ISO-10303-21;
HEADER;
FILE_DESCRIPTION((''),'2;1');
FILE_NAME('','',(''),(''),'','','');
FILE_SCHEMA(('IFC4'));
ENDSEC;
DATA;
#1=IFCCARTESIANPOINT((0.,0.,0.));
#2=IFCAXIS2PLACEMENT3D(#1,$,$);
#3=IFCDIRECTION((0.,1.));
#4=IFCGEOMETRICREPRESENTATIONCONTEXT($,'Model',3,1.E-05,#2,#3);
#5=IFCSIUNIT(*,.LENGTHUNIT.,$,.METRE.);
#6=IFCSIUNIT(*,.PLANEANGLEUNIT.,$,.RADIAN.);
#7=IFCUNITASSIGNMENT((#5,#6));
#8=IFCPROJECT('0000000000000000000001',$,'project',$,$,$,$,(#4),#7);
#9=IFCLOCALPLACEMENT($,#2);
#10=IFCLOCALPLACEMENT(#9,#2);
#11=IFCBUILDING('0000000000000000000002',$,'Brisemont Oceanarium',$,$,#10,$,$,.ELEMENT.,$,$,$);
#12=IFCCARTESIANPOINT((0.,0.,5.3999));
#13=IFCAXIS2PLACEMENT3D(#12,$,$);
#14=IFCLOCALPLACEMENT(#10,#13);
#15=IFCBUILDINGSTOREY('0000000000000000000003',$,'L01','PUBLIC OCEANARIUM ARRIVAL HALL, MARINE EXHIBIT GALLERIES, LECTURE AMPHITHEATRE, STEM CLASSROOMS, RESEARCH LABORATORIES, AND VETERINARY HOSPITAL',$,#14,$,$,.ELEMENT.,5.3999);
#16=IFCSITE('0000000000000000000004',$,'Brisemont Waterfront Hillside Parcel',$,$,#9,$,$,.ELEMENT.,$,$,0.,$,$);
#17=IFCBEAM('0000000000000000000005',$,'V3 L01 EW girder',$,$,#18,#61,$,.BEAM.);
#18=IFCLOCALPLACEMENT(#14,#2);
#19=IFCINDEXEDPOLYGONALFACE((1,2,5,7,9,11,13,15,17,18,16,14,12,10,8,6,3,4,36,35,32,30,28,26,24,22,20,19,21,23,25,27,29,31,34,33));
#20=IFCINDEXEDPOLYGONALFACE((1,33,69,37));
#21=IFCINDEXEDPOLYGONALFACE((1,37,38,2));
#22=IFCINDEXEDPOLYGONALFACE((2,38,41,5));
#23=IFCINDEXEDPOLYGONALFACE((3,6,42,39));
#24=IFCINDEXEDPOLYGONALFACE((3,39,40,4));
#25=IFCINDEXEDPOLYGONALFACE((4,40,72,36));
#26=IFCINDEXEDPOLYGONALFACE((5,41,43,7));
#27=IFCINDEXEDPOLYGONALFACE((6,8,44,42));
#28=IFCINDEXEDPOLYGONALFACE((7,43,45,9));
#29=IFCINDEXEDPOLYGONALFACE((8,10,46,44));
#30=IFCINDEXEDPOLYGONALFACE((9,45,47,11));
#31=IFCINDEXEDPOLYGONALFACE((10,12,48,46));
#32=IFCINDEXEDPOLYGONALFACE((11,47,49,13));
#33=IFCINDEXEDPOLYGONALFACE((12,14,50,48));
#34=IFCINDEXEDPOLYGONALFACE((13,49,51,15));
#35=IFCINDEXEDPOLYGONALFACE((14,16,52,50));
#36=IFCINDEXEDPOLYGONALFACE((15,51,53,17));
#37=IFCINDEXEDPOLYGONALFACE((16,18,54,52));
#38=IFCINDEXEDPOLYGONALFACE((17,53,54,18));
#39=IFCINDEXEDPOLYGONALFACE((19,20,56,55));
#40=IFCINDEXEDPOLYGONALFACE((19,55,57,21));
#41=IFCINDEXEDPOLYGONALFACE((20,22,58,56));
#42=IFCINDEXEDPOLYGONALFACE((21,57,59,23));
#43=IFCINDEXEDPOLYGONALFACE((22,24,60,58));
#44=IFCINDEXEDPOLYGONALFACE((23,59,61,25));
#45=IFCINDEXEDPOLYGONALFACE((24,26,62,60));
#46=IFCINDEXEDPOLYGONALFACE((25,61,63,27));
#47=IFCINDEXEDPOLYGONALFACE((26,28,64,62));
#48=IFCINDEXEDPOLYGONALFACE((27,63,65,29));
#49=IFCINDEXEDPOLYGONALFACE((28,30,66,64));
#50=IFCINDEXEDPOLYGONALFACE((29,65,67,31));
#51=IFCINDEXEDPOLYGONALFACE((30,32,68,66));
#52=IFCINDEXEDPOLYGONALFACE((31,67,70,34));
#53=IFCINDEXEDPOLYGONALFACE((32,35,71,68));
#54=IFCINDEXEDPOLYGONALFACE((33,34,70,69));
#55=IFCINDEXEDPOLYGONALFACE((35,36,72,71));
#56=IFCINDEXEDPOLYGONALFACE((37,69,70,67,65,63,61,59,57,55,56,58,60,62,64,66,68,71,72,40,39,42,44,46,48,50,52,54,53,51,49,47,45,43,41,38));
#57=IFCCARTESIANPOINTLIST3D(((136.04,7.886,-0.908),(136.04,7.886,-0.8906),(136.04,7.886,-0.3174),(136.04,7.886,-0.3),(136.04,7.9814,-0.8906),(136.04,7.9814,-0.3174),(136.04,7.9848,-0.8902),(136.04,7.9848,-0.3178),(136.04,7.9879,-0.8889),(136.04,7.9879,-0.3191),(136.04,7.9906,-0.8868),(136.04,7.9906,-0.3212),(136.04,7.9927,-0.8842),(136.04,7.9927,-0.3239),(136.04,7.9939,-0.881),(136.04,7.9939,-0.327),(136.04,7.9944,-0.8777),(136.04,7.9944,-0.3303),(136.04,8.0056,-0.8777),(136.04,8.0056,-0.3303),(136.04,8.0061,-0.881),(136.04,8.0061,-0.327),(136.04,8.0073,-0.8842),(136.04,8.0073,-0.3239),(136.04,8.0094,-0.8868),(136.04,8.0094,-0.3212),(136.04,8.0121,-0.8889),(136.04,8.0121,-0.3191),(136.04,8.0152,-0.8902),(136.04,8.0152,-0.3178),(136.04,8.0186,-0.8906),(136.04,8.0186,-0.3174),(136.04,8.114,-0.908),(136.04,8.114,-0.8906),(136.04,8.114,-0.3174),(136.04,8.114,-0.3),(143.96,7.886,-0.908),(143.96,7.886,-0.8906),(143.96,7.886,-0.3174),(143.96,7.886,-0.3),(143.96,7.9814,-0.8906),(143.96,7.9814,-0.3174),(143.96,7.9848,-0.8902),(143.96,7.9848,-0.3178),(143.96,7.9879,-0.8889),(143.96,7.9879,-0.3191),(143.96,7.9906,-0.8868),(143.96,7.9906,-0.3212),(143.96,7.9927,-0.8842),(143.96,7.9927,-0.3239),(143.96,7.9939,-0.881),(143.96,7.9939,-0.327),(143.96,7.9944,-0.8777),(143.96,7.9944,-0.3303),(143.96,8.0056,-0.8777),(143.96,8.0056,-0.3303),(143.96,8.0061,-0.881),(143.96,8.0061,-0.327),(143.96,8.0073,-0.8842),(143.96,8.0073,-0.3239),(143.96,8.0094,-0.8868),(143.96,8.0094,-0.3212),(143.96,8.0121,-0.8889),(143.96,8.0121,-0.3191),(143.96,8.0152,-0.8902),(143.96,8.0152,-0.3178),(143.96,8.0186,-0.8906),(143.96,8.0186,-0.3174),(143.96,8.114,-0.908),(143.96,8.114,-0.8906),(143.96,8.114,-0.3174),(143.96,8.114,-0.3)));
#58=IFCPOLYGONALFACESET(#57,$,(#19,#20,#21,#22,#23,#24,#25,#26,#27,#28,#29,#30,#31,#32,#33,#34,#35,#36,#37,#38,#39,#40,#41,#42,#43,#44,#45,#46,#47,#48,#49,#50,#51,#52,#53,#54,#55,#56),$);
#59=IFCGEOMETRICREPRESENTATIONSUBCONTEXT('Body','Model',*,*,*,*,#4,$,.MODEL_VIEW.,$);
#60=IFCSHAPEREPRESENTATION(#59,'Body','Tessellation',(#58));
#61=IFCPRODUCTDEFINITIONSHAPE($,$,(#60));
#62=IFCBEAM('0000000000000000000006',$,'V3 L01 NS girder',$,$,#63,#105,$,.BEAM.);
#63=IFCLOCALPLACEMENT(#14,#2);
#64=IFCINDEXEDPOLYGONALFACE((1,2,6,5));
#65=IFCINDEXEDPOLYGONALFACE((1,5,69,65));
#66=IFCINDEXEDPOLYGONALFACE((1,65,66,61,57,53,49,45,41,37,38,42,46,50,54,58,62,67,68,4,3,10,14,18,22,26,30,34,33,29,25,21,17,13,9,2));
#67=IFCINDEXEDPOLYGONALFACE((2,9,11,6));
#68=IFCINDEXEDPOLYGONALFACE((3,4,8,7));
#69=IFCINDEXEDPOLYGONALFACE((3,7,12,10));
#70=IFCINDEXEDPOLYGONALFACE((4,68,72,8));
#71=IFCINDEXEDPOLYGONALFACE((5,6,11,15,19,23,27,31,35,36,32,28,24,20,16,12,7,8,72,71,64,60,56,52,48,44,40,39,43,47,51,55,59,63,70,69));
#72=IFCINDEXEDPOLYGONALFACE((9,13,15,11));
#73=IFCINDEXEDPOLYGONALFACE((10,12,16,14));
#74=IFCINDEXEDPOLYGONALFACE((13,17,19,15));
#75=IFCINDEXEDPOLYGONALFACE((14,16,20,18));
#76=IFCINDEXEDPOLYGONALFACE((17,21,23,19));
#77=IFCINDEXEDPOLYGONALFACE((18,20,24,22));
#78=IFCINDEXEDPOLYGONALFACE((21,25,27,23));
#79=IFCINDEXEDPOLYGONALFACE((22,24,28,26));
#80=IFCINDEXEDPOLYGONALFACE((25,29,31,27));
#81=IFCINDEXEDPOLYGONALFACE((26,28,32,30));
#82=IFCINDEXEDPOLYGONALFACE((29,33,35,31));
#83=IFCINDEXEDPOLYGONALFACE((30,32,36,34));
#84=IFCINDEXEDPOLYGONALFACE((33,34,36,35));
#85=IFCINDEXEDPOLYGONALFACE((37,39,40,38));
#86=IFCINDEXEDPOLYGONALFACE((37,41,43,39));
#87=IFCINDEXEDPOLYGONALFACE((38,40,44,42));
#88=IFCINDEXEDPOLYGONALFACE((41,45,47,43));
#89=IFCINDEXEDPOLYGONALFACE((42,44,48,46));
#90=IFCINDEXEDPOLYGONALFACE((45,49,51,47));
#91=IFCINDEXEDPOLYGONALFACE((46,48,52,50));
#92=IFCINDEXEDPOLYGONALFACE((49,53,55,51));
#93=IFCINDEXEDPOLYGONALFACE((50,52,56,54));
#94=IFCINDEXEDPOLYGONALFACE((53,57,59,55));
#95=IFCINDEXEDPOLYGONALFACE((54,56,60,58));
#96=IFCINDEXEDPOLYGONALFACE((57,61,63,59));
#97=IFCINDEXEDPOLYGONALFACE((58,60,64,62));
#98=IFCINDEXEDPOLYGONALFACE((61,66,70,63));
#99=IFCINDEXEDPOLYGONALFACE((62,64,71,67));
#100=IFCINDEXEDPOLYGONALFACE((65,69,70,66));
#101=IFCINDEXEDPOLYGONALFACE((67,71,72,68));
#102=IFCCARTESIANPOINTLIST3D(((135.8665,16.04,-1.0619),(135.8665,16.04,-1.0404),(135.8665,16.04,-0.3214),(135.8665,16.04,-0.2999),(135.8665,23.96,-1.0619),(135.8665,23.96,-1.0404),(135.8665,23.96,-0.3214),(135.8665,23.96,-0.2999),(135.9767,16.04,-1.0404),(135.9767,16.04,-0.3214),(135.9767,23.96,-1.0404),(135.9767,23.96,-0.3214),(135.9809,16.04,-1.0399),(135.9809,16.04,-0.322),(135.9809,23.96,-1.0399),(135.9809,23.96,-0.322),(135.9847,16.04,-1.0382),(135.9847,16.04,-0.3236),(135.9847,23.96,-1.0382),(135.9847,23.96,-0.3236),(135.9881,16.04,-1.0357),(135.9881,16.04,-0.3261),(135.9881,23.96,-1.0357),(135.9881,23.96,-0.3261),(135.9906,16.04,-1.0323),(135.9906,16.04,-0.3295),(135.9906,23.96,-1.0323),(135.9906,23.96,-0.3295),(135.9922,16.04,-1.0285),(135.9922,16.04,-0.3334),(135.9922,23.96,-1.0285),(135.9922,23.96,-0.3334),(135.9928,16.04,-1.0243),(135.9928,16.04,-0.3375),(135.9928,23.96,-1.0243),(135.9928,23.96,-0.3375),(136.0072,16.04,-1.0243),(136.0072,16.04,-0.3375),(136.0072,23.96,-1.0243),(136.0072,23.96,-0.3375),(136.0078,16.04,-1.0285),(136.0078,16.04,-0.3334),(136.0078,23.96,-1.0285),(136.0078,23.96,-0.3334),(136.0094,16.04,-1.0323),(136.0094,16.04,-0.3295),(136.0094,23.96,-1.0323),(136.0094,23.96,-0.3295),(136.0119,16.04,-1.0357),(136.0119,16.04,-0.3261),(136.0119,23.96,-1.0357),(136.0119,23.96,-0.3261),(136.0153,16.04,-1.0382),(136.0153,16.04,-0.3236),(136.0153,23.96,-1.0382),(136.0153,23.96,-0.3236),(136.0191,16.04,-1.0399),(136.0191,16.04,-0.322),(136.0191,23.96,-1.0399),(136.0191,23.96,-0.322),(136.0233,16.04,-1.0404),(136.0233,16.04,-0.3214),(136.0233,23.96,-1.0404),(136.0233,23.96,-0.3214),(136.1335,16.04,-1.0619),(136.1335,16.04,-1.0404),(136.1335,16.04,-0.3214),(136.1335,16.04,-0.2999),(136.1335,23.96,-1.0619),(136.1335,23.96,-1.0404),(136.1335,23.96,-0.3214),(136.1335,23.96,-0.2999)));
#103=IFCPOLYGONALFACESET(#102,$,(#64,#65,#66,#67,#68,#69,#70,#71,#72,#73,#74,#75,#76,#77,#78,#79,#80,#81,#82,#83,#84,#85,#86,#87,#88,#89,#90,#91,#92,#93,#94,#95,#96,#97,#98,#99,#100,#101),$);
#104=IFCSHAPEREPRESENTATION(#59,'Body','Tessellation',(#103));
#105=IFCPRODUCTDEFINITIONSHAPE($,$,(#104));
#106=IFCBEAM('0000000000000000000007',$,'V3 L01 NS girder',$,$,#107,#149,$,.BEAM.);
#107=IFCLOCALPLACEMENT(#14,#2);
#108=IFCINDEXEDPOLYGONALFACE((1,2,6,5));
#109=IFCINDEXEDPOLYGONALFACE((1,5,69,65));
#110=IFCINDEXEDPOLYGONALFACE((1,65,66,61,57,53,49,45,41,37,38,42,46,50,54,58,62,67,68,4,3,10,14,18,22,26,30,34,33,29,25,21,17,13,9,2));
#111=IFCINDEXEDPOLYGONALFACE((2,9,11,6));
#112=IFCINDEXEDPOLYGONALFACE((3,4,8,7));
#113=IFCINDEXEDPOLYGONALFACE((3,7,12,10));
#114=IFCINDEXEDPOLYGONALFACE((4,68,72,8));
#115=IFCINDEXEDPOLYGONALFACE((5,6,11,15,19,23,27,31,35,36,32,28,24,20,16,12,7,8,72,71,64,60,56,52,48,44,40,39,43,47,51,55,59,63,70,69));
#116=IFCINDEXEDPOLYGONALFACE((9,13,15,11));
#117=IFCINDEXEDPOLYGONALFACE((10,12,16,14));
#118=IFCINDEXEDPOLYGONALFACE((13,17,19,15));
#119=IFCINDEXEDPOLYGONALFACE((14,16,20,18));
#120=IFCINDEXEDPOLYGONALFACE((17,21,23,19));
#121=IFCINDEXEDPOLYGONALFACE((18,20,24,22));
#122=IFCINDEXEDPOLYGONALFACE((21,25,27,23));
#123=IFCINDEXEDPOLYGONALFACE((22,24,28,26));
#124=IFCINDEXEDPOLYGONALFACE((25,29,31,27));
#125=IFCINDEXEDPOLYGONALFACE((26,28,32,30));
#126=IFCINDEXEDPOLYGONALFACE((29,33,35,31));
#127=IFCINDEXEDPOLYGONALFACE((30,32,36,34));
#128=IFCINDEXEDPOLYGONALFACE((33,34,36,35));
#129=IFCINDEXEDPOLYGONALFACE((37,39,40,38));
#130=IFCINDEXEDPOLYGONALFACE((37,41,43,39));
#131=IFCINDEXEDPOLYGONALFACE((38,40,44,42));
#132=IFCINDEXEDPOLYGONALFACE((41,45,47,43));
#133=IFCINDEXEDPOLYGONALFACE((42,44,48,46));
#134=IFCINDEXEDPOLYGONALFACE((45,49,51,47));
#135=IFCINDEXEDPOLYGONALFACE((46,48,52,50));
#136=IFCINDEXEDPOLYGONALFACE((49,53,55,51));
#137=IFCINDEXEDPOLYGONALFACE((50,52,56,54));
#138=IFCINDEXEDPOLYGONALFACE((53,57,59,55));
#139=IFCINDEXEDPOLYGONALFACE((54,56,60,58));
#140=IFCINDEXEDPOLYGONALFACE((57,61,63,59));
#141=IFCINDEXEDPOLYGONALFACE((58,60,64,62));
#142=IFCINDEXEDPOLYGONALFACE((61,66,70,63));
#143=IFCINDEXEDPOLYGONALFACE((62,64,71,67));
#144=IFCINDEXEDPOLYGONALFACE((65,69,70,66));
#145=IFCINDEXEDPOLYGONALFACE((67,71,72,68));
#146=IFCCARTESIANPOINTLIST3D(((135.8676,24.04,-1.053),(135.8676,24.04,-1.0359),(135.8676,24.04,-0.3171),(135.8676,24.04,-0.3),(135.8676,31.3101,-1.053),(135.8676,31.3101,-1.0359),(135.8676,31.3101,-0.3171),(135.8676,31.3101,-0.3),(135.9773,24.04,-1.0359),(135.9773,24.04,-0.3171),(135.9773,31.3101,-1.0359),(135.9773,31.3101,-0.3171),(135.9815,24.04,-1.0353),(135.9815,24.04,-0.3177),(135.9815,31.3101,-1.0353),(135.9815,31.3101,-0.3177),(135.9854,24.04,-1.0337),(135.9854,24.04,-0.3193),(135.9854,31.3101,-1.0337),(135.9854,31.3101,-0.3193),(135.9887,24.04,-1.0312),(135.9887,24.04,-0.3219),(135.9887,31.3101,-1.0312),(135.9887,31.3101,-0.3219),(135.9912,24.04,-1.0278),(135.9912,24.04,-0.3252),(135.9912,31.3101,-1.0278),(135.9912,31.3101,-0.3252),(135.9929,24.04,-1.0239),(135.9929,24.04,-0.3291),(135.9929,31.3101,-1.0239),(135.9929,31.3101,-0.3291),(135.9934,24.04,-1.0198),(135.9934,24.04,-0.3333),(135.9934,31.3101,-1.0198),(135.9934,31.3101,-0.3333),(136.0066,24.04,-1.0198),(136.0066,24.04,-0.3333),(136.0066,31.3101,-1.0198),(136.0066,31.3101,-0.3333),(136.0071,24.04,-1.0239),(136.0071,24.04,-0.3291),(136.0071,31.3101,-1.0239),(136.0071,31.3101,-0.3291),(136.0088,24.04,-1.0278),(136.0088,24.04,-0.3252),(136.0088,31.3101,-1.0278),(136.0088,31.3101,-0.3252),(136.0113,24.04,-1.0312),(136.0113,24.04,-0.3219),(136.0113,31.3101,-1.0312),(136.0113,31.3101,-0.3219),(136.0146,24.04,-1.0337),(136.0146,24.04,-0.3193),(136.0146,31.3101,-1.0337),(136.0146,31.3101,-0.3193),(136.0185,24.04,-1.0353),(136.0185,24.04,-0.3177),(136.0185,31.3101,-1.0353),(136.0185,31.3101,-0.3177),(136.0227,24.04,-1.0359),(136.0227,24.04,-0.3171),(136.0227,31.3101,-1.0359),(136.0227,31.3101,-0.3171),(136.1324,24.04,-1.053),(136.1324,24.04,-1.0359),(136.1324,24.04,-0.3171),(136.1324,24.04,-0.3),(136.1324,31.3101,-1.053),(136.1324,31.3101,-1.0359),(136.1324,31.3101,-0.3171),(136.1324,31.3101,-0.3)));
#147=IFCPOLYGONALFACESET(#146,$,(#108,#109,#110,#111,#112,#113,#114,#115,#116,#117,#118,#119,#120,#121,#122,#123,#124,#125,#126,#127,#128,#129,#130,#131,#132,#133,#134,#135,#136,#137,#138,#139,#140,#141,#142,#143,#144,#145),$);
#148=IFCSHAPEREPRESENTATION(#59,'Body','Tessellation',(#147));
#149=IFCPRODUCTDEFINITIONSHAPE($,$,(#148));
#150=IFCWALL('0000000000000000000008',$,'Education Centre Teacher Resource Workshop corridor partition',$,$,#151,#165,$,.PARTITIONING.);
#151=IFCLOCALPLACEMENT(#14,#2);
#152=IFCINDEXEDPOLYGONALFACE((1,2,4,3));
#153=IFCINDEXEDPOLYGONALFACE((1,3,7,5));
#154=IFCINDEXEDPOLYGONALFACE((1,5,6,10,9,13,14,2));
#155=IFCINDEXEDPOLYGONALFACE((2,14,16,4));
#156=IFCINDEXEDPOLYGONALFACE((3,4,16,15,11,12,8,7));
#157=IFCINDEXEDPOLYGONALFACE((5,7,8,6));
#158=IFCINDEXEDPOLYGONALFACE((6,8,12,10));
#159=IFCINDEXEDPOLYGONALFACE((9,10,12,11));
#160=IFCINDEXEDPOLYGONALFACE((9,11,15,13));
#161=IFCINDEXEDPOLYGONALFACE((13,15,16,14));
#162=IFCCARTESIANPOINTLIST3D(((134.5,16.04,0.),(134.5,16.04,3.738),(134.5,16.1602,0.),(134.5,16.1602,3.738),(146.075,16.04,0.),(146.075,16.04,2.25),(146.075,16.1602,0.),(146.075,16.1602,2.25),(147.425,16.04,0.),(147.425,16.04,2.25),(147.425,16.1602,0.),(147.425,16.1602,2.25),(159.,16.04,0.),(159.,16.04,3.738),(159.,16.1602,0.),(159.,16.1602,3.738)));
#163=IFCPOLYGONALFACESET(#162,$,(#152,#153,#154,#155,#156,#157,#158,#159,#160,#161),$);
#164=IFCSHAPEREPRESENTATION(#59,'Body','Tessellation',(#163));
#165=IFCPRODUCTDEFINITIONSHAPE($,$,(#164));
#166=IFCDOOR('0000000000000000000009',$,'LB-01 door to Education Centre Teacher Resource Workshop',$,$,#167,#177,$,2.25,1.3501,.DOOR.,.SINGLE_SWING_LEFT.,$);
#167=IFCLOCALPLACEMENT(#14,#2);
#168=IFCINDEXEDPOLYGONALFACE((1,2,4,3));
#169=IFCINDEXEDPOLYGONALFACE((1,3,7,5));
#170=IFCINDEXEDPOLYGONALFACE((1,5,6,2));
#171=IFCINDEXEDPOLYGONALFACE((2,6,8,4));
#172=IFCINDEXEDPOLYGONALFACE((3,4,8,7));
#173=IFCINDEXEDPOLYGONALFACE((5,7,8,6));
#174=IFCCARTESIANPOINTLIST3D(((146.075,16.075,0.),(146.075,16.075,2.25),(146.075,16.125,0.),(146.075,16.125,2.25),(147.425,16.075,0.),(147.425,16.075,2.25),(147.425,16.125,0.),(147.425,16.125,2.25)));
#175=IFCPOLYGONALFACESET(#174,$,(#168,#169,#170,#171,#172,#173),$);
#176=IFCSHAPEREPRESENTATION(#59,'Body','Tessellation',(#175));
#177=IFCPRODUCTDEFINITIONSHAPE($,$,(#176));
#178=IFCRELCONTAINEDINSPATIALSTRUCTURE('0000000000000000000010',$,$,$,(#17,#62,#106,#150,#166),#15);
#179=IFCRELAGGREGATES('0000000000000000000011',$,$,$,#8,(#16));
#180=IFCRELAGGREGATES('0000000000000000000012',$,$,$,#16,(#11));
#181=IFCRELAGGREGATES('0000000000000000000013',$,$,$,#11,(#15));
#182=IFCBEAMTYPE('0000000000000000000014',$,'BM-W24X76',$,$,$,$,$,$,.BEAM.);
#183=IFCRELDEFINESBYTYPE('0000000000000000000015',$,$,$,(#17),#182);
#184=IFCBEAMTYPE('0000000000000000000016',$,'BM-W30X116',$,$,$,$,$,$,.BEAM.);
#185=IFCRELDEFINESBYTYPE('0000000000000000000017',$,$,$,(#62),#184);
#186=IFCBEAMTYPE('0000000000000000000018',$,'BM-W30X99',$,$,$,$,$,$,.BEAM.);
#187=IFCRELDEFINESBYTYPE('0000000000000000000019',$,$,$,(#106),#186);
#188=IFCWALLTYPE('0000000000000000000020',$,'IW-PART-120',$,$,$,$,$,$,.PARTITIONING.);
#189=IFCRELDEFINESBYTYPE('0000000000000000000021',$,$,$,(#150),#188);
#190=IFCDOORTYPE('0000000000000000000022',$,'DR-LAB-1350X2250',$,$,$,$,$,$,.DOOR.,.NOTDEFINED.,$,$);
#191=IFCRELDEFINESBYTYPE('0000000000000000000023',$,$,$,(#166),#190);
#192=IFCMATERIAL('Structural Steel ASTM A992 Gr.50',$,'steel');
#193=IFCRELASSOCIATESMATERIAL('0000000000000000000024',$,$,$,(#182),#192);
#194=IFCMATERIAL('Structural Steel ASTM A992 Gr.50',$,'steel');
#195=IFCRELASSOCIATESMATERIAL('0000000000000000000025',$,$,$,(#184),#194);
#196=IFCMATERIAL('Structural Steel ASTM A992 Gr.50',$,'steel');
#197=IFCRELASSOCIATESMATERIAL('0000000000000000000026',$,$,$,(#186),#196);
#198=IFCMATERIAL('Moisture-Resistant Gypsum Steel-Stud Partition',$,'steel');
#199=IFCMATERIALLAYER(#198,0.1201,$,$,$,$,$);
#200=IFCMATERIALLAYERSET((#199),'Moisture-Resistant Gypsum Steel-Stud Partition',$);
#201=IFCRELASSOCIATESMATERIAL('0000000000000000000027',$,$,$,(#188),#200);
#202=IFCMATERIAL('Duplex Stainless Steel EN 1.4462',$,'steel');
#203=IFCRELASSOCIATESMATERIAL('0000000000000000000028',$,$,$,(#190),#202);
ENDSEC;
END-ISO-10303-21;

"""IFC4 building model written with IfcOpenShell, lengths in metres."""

from ifc_helpers import new_model, si_unit, direction, frame, frame_2d, origin, origin_2d, place, context, subcontext, project, spatial, rectangle, i_section, extrude, material, layer, layer_set, material_profile, profile_set, type_object, element, fill, save


model = new_model("IFC4")

# Units and contexts
model_context = context("Model", 3, precision=1e-05, world=origin(), true_north=direction((0.0, 1.0)))
body_context = subcontext(model_context, "Body", "Model", "MODEL_VIEW")
ifc_project = project(units=[si_unit("LENGTHUNIT", "METRE"), si_unit("PLANEANGLEUNIT", "RADIAN")], contexts=[model_context])

# Site, building, storey
site_placement = place(None, origin())
site = spatial("IfcSite", under=ifc_project, at=site_placement, Name="Brisemont Waterfront Hillside Parcel", CompositionType="ELEMENT", RefElevation=0.0)
building_placement = place(site_placement, origin())
building = spatial("IfcBuilding", under=site, at=building_placement, Name="Brisemont Oceanarium", CompositionType="ELEMENT")
storey_placement = place(building_placement, frame((0.0, 0.0, 5.3999)))
storey = spatial("IfcBuildingStorey", under=building, at=storey_placement, Name="L01", Description="PUBLIC OCEANARIUM ARRIVAL HALL, MARINE EXHIBIT GALLERIES, LECTURE AMPHITHEATRE, STEM CLASSROOMS, RESEARCH LABORATORIES, AND VETERINARY HOSPITAL", CompositionType="ELEMENT", Elevation=5.3999)

# Beams
ifc_material_1 = material(Name="Structural Steel ASTM A992 Gr.50", Category="steel")
ifc_material_profile_1 = material_profile(ifc_material_1, i_section(OverallWidth=0.228, OverallDepth=0.6079, WebThickness=0.0112, FlangeThickness=0.0173, FilletRadius=0.0129, at=origin_2d()), Name="W24X76")
ifc_profile_set_1 = profile_set([ifc_material_profile_1], Name="Structural Steel ASTM A992 Gr.50")
beam_type_1 = type_object("IfcBeamType", Name="BM-W24X76", PredefinedType="BEAM", material=ifc_profile_set_1)
beam_1_placement = place(storey_placement, frame((136.04, 8.0, -0.604), z_axis=(1.0, 0.0, 0.0), x_axis=(0.0, 1.0, 0.0)))
element("IfcBeam", 1, at=beam_1_placement, inside=storey, type_object=beam_type_1, Name="V3 L01 EW girder", PredefinedType="BEAM", context=body_context, shape_type="SweptSolid", body=[
    extrude(i_section(OverallWidth=0.228, OverallDepth=0.6079, WebThickness=0.0112, FlangeThickness=0.0173, FilletRadius=0.0129, at=origin_2d()), origin(), (0.0, 0.0, 1.0), 7.9199),
])
ifc_material_2 = material(Name="Structural Steel ASTM A992 Gr.50", Category="steel")
ifc_material_profile_2 = material_profile(ifc_material_2, i_section(OverallWidth=0.2671, OverallDepth=0.762, WebThickness=0.0144, FlangeThickness=0.0215, FilletRadius=0.0161, at=origin_2d()), Name="W30X116")
ifc_profile_set_2 = profile_set([ifc_material_profile_2], Name="Structural Steel ASTM A992 Gr.50")
beam_type_2 = type_object("IfcBeamType", Name="BM-W30X116", PredefinedType="BEAM", material=ifc_profile_set_2)
beam_2_placement = place(storey_placement, frame((136.0, 16.04, -0.6809), z_axis=(0.0, 1.0, 0.0), x_axis=(-1.0, 0.0, 0.0)))
element("IfcBeam", 2, at=beam_2_placement, inside=storey, type_object=beam_type_2, Name="V3 L01 NS girder", PredefinedType="BEAM", context=body_context, shape_type="SweptSolid", body=[
    extrude(i_section(OverallWidth=0.2671, OverallDepth=0.762, WebThickness=0.0144, FlangeThickness=0.0215, FilletRadius=0.0161, at=origin_2d()), origin(), (0.0, 0.0, 1.0), 7.9199),
])
ifc_material_3 = material(Name="Structural Steel ASTM A992 Gr.50", Category="steel")
ifc_material_profile_3 = material_profile(ifc_material_3, i_section(OverallWidth=0.2649, OverallDepth=0.7529, WebThickness=0.0132, FlangeThickness=0.0171, FilletRadius=0.0161, at=origin_2d()), Name="W30X99")
ifc_profile_set_3 = profile_set([ifc_material_profile_3], Name="Structural Steel ASTM A992 Gr.50")
beam_type_3 = type_object("IfcBeamType", Name="BM-W30X99", PredefinedType="BEAM", material=ifc_profile_set_3)
beam_3_placement = place(storey_placement, frame((136.0, 24.04, -0.6765), z_axis=(0.0, 1.0, 0.0), x_axis=(-1.0, 0.0, 0.0)))
element("IfcBeam", 3, at=beam_3_placement, inside=storey, type_object=beam_type_3, Name="V3 L01 NS girder", PredefinedType="BEAM", context=body_context, shape_type="SweptSolid", body=[
    extrude(i_section(OverallWidth=0.2649, OverallDepth=0.7529, WebThickness=0.0132, FlangeThickness=0.0171, FilletRadius=0.0161, at=origin_2d()), origin(), (0.0, 0.0, 1.0), 7.27),
])

# Wall, opening, door
ifc_material_4 = material(Name="Moisture-Resistant Gypsum Steel-Stud Partition", Category="steel")
ifc_layer_1 = layer(ifc_material_4, 0.1201)
ifc_layer_set_1 = layer_set([ifc_layer_1], Name="Moisture-Resistant Gypsum Steel-Stud Partition")
wall_type_1 = type_object("IfcWallType", Name="IW-PART-120", PredefinedType="PARTITIONING", material=ifc_layer_set_1)
wall_1_placement = place(storey_placement, frame((134.5, 16.1001, 0.0), z_axis=(0.0, 0.0, 1.0), x_axis=(1.0, 0.0, 0.0)))
wall_1 = element("IfcWall", 4, at=wall_1_placement, inside=storey, type_object=wall_type_1, Name="Education Centre Teacher Resource Workshop corridor partition", PredefinedType="PARTITIONING", context=body_context, shape_type="SweptSolid", body=[
    extrude(rectangle(XDim=24.5, YDim=0.1201, at=frame_2d((12.25, 0.0))), origin(), (0.0, 0.0, 1.0), 3.738),
])
opening_1_placement = place(wall_1_placement, frame((11.575, 0.0, 0.0)))
opening_1 = element("IfcOpeningElement", 5, at=opening_1_placement, cuts=wall_1, PredefinedType="OPENING", context=body_context, shape_type="SweptSolid", body=[
    extrude(rectangle(XDim=1.3501, YDim=2.25, at=frame_2d((0.675, 1.125))), frame((0.0, 0.0701, 0.0), z_axis=(0.0, -1.0, 0.0), x_axis=(1.0, 0.0, 0.0)), (0.0, 0.0, 1.0), 0.1401),
])
ifc_material_5 = material(Name="Duplex Stainless Steel EN 1.4462", Category="steel")
door_type_1 = type_object("IfcDoorType", Name="DR-LAB-1350X2250", OperationType="NOTDEFINED", PredefinedType="DOOR", material=ifc_material_5)
door_1_placement = place(opening_1_placement, origin())
door_1 = element("IfcDoor", 6, at=door_1_placement, inside=storey, type_object=door_type_1, Name="LB-01 door to Education Centre Teacher Resource Workshop", OperationType="SINGLE_SWING_LEFT", OverallHeight=2.25, OverallWidth=1.3501, PredefinedType="DOOR", context=body_context, shape_type="SweptSolid", body=[
    extrude(rectangle(XDim=1.3501, YDim=2.25, at=frame_2d((0.675, 1.125))), frame((0.0, 0.0249, 0.0), z_axis=(0.0, -1.0, 0.0), x_axis=(1.0, 0.0, 0.0)), (0.0, 0.0, 1.0), 0.05),
])
fill(opening_1, door_1)

save(model, "model.ifc")
